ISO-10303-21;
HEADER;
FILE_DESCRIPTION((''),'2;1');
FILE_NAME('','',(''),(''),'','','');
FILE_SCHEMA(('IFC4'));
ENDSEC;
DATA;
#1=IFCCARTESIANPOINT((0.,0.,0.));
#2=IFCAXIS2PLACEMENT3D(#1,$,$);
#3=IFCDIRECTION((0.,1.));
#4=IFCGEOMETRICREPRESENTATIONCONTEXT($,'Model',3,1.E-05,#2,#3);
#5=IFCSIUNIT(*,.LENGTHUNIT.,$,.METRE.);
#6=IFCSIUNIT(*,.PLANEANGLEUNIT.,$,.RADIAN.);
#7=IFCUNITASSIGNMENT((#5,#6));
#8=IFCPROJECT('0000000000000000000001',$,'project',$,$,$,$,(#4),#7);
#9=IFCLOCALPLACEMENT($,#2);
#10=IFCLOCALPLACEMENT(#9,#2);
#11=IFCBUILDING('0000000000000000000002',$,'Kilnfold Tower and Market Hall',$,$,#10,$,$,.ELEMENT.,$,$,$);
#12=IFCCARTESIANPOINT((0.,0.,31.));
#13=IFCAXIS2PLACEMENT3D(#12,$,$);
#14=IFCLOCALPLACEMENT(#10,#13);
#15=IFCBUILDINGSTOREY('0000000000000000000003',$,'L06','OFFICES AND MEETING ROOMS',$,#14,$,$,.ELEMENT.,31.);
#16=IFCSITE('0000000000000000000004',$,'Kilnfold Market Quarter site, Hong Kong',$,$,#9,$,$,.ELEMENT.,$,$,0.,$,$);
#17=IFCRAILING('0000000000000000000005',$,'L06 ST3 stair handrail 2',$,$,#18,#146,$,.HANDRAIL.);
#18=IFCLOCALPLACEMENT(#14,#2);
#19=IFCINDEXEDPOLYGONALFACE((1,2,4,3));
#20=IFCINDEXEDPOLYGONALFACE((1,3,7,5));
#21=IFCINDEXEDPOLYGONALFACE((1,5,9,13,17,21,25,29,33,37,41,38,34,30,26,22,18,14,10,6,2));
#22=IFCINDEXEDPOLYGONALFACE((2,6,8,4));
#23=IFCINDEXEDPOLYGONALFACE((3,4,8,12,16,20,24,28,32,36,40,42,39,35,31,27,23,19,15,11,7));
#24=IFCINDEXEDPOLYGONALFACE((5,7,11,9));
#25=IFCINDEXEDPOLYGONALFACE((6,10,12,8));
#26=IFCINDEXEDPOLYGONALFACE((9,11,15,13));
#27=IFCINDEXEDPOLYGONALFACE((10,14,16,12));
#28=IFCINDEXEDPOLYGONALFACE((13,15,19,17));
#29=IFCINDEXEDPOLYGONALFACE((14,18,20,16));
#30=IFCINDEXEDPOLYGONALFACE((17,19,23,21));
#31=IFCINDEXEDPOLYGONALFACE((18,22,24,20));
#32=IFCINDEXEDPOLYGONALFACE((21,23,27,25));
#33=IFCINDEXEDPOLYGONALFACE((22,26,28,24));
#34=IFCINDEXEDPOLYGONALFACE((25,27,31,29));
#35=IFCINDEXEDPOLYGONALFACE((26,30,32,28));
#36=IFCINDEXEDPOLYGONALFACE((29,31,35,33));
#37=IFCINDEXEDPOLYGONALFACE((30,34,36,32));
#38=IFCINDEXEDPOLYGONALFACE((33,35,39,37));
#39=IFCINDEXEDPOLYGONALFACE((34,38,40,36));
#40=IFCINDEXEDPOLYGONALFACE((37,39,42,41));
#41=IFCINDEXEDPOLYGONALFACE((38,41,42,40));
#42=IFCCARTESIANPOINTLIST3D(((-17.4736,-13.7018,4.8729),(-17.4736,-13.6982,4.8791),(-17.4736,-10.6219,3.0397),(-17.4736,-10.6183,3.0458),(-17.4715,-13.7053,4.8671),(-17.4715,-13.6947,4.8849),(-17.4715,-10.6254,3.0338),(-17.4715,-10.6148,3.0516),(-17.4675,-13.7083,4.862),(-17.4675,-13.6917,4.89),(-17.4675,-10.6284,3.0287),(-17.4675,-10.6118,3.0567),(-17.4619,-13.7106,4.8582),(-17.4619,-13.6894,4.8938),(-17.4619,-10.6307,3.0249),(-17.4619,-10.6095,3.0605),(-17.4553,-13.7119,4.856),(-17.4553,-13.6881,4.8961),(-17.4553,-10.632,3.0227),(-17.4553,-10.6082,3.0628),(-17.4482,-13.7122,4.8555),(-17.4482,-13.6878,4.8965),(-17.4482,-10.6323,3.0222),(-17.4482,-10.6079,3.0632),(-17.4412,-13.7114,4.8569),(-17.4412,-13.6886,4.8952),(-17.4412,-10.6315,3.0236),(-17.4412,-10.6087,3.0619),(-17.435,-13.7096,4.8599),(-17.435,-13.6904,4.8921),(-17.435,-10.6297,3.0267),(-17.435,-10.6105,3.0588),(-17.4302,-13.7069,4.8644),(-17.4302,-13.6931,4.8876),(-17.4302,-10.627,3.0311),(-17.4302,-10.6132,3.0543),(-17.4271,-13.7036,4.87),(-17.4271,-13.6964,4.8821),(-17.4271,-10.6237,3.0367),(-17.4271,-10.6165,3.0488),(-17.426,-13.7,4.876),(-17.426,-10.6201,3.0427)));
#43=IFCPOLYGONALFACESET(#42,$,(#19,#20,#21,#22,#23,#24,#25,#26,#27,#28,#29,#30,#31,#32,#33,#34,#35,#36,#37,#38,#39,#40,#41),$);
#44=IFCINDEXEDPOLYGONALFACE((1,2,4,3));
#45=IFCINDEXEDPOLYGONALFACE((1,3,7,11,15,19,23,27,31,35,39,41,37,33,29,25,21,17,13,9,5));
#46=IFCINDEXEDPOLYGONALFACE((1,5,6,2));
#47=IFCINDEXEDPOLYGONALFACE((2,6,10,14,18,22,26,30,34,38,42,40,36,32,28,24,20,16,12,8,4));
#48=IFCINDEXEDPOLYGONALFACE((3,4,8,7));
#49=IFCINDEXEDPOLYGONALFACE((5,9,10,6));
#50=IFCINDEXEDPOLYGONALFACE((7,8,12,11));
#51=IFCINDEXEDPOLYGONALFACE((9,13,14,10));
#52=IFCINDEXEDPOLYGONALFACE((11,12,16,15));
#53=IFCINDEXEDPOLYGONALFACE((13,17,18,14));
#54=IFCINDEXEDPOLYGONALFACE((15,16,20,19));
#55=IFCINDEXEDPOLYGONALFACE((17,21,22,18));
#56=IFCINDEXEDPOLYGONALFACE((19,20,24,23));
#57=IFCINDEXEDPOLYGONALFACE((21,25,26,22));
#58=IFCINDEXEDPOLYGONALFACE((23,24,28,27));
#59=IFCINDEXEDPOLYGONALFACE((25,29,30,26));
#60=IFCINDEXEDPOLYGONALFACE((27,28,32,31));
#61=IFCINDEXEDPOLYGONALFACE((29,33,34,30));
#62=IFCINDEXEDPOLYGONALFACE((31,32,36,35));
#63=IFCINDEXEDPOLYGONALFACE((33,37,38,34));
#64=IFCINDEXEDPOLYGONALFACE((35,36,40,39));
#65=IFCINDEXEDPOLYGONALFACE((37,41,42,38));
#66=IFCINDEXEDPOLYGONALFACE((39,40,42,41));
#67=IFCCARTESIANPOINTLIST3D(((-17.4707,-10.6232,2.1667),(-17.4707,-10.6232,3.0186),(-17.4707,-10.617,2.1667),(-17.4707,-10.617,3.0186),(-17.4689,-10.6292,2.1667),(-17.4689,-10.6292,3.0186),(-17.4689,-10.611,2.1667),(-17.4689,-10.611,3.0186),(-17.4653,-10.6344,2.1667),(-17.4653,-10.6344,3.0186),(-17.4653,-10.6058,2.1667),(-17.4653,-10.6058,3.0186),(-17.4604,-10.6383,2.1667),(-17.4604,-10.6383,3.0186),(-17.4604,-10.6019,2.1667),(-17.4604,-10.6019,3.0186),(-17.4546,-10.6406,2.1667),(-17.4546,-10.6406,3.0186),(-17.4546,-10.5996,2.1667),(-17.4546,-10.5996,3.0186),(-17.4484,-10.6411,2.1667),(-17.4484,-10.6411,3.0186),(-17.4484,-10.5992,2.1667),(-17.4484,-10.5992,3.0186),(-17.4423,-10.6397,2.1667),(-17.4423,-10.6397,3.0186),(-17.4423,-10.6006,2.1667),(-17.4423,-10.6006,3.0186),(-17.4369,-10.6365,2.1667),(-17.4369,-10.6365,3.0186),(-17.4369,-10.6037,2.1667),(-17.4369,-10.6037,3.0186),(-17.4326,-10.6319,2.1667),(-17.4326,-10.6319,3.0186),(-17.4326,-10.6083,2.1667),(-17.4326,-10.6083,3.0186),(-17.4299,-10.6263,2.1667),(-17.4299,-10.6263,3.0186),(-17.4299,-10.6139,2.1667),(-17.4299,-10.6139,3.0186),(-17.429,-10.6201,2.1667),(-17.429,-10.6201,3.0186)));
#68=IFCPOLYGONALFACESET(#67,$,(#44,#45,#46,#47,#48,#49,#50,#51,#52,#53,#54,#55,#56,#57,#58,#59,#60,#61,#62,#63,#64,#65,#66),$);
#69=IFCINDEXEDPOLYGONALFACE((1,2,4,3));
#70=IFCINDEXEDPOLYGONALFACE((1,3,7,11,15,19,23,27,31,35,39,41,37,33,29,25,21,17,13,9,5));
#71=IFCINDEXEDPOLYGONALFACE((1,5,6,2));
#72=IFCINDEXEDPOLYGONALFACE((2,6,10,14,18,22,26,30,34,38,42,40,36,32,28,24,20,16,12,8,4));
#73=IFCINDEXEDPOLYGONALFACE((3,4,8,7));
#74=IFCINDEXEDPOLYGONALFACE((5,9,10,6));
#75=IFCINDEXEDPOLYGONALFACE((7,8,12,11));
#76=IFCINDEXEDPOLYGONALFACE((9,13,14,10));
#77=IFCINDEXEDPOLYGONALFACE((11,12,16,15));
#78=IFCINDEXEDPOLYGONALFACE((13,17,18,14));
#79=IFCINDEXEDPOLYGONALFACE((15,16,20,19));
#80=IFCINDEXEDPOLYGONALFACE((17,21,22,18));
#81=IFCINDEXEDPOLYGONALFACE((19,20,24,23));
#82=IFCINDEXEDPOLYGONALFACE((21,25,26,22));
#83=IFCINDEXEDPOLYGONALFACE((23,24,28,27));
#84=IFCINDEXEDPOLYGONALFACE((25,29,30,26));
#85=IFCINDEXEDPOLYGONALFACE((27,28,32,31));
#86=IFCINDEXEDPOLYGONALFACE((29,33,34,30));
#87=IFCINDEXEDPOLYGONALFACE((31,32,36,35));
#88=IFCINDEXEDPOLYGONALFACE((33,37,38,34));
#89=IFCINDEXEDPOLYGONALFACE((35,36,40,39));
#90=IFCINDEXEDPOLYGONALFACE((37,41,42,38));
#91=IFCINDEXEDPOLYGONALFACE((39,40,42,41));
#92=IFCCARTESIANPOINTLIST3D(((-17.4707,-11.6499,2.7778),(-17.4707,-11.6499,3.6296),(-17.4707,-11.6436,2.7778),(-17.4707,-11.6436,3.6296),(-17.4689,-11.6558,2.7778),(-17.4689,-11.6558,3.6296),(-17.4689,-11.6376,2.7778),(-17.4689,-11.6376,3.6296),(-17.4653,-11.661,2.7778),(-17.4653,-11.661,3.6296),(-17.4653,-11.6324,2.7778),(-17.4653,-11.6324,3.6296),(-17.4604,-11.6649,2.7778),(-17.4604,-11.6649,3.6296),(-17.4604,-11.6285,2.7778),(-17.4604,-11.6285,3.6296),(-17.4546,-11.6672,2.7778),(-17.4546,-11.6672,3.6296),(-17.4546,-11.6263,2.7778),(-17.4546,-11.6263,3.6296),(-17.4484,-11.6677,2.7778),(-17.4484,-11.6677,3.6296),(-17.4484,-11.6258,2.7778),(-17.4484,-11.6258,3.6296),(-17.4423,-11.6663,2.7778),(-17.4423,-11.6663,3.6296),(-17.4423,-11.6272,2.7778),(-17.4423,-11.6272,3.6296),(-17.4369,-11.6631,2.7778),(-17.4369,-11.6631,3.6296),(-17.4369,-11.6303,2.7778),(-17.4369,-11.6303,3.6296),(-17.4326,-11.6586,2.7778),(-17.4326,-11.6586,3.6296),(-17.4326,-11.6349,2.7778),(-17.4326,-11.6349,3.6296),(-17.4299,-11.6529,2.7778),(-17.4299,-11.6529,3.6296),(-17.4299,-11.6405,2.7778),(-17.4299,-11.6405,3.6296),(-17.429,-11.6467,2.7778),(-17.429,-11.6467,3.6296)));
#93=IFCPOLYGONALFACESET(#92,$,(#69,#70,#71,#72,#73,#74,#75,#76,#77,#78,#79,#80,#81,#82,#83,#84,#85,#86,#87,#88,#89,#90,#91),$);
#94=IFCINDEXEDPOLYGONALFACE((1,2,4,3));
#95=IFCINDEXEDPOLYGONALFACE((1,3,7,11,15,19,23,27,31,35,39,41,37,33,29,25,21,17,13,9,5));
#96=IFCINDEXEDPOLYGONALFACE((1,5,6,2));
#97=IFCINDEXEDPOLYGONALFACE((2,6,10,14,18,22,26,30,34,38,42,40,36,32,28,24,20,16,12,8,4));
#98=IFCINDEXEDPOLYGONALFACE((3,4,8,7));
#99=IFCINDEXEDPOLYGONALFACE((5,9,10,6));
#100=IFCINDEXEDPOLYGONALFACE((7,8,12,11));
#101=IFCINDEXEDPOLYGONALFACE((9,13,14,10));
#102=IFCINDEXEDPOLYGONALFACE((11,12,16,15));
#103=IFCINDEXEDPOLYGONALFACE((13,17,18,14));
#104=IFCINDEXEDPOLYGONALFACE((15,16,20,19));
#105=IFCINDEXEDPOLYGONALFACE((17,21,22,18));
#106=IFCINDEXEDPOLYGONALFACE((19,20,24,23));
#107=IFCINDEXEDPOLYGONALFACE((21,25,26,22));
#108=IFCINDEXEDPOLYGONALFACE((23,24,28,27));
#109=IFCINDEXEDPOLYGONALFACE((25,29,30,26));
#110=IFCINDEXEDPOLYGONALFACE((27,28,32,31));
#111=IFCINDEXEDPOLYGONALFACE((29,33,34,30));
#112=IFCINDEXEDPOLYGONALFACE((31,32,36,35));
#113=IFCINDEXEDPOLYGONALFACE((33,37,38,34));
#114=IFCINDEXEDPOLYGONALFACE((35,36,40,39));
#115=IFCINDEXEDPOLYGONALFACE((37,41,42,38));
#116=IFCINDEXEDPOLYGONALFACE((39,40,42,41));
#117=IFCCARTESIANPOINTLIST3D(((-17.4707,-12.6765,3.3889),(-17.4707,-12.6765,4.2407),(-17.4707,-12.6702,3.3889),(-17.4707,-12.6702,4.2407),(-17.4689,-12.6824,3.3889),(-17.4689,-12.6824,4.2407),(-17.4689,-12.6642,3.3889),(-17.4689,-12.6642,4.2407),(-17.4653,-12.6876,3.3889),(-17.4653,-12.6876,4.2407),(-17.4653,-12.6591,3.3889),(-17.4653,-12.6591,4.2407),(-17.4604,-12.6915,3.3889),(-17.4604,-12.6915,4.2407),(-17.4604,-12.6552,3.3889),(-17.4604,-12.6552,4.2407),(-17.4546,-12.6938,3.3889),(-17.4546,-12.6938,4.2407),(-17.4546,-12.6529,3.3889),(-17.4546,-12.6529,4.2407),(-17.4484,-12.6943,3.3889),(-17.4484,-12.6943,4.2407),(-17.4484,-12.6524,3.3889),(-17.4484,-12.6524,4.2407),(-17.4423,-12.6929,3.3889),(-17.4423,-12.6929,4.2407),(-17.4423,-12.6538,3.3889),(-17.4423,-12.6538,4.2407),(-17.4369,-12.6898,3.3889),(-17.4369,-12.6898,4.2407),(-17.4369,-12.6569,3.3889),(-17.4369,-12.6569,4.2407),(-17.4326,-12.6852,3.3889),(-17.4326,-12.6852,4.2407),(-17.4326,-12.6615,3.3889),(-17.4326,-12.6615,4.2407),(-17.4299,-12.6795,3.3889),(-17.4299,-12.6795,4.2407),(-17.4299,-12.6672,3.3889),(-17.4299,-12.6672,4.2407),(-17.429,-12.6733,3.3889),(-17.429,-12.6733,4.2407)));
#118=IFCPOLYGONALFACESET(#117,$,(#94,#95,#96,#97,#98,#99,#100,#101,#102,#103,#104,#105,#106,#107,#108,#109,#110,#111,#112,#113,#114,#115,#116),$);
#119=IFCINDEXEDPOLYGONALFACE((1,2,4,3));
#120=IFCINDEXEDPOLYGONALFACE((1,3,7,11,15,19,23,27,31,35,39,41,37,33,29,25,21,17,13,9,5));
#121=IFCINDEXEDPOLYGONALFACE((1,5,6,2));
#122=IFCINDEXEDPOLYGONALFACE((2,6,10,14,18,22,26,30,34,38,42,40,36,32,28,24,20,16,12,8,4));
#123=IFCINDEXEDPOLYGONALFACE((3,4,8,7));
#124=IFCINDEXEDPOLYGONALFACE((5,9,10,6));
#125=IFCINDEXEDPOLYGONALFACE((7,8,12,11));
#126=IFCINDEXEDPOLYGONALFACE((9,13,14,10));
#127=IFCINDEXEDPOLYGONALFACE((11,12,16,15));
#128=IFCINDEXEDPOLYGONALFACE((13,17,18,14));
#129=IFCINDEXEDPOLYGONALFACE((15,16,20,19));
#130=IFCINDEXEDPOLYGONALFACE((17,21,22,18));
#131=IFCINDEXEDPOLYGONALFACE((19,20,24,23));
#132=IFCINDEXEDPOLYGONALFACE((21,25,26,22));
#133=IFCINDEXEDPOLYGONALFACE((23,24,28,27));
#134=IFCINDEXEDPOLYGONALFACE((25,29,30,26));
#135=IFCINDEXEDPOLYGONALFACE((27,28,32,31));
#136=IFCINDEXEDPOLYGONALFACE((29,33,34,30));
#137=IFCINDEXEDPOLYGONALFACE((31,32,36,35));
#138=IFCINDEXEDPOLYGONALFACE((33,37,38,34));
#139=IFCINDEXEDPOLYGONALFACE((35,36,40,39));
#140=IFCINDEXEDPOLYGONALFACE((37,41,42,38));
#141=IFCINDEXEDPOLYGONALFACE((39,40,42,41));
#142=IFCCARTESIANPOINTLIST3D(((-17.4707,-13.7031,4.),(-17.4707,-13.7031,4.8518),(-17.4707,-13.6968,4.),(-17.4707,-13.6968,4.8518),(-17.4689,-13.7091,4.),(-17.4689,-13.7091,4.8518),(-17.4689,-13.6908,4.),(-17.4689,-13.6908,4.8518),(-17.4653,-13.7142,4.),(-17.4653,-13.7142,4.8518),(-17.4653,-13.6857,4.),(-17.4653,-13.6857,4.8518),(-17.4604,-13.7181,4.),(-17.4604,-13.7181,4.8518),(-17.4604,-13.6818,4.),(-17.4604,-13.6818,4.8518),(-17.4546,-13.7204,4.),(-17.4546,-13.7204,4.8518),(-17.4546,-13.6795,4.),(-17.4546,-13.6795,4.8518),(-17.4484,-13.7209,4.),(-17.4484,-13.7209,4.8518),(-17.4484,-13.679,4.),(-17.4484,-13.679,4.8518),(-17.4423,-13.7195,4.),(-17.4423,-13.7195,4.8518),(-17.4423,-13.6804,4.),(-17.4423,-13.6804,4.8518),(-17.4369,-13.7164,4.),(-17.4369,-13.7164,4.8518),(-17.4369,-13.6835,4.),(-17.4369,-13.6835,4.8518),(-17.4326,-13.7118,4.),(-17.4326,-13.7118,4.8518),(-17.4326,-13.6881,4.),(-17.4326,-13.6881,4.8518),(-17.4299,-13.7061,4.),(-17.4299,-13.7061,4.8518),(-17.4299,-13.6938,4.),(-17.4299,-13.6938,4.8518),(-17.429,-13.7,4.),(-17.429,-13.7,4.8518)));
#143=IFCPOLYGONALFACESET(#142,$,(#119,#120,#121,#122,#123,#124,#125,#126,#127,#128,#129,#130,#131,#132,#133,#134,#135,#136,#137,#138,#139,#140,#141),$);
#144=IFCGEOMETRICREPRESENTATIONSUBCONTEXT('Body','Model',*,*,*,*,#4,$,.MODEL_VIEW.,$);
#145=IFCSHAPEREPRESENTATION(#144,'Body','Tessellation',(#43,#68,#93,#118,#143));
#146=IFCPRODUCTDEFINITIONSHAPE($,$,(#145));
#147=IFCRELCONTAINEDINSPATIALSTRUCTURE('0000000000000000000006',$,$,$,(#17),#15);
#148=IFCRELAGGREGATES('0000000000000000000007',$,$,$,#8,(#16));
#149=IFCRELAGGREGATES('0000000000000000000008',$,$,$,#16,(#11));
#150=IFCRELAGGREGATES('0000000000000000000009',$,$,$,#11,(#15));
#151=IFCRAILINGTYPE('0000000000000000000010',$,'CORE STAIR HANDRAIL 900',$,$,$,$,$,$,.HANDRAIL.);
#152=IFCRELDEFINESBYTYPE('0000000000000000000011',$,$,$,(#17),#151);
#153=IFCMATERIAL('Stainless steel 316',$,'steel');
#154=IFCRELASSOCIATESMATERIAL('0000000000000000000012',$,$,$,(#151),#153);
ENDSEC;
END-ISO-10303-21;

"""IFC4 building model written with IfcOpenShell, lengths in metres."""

from ifc_helpers import new_model, si_unit, direction, frame, origin, origin_2d, place, context, subcontext, project, spatial, circle, extrude, material, type_object, element, save


model = new_model("IFC4")

# Units and contexts
model_context = context("Model", 3, precision=1e-05, world=origin(), true_north=direction((0.0, 1.0)))
body_context = subcontext(model_context, "Body", "Model", "MODEL_VIEW")
ifc_project = project(units=[si_unit("LENGTHUNIT", "METRE"), si_unit("PLANEANGLEUNIT", "RADIAN")], contexts=[model_context])

# Site, building, storey
site_placement = place(None, origin())
site = spatial("IfcSite", under=ifc_project, at=site_placement, Name="Kilnfold Market Quarter site, Hong Kong", CompositionType="ELEMENT", RefElevation=0.0)
building_placement = place(site_placement, origin())
building = spatial("IfcBuilding", under=site, at=building_placement, Name="Kilnfold Tower and Market Hall", CompositionType="ELEMENT")
storey_placement = place(building_placement, frame((0.0, 0.0, 31.0)))
storey = spatial("IfcBuildingStorey", under=building, at=storey_placement, Name="L06", Description="OFFICES AND MEETING ROOMS", CompositionType="ELEMENT", Elevation=31.0)

# Railing
ifc_material_1 = material(Name="Stainless steel 316", Category="steel")
railing_type_1 = type_object("IfcRailingType", Name="CORE STAIR HANDRAIL 900", PredefinedType="HANDRAIL", material=ifc_material_1)
railing_1_placement = place(storey_placement, frame((-17.45, -10.6201, 2.1667)))
element("IfcRailing", 1, at=railing_1_placement, inside=storey, type_object=railing_type_1, Name="L06 ST3 stair handrail 2", PredefinedType="HANDRAIL", context=body_context, shape_type="SweptSolid", body=[
    extrude(circle(Radius=0.0239, at=origin_2d()), frame((0.0, 0.0, 0.876), z_axis=(0.0, -0.859291, 0.511487), x_axis=(1.0, 0.0, 0.0)), (0.0, 0.0, 1.0), 3.5842),
    extrude(circle(Radius=0.021, at=origin_2d()), origin(), (0.0, 0.0, 1.0), 0.8518),
    extrude(circle(Radius=0.021, at=origin_2d()), frame((0.0, -1.0266, 0.6111)), (0.0, 0.0, 1.0), 0.8518),
    extrude(circle(Radius=0.021, at=origin_2d()), frame((0.0, -2.0532, 1.2222)), (0.0, 0.0, 1.0), 0.8518),
    extrude(circle(Radius=0.021, at=origin_2d()), frame((0.0, -3.0798, 1.8333)), (0.0, 0.0, 1.0), 0.8518),
])

save(model, "model.ifc")
